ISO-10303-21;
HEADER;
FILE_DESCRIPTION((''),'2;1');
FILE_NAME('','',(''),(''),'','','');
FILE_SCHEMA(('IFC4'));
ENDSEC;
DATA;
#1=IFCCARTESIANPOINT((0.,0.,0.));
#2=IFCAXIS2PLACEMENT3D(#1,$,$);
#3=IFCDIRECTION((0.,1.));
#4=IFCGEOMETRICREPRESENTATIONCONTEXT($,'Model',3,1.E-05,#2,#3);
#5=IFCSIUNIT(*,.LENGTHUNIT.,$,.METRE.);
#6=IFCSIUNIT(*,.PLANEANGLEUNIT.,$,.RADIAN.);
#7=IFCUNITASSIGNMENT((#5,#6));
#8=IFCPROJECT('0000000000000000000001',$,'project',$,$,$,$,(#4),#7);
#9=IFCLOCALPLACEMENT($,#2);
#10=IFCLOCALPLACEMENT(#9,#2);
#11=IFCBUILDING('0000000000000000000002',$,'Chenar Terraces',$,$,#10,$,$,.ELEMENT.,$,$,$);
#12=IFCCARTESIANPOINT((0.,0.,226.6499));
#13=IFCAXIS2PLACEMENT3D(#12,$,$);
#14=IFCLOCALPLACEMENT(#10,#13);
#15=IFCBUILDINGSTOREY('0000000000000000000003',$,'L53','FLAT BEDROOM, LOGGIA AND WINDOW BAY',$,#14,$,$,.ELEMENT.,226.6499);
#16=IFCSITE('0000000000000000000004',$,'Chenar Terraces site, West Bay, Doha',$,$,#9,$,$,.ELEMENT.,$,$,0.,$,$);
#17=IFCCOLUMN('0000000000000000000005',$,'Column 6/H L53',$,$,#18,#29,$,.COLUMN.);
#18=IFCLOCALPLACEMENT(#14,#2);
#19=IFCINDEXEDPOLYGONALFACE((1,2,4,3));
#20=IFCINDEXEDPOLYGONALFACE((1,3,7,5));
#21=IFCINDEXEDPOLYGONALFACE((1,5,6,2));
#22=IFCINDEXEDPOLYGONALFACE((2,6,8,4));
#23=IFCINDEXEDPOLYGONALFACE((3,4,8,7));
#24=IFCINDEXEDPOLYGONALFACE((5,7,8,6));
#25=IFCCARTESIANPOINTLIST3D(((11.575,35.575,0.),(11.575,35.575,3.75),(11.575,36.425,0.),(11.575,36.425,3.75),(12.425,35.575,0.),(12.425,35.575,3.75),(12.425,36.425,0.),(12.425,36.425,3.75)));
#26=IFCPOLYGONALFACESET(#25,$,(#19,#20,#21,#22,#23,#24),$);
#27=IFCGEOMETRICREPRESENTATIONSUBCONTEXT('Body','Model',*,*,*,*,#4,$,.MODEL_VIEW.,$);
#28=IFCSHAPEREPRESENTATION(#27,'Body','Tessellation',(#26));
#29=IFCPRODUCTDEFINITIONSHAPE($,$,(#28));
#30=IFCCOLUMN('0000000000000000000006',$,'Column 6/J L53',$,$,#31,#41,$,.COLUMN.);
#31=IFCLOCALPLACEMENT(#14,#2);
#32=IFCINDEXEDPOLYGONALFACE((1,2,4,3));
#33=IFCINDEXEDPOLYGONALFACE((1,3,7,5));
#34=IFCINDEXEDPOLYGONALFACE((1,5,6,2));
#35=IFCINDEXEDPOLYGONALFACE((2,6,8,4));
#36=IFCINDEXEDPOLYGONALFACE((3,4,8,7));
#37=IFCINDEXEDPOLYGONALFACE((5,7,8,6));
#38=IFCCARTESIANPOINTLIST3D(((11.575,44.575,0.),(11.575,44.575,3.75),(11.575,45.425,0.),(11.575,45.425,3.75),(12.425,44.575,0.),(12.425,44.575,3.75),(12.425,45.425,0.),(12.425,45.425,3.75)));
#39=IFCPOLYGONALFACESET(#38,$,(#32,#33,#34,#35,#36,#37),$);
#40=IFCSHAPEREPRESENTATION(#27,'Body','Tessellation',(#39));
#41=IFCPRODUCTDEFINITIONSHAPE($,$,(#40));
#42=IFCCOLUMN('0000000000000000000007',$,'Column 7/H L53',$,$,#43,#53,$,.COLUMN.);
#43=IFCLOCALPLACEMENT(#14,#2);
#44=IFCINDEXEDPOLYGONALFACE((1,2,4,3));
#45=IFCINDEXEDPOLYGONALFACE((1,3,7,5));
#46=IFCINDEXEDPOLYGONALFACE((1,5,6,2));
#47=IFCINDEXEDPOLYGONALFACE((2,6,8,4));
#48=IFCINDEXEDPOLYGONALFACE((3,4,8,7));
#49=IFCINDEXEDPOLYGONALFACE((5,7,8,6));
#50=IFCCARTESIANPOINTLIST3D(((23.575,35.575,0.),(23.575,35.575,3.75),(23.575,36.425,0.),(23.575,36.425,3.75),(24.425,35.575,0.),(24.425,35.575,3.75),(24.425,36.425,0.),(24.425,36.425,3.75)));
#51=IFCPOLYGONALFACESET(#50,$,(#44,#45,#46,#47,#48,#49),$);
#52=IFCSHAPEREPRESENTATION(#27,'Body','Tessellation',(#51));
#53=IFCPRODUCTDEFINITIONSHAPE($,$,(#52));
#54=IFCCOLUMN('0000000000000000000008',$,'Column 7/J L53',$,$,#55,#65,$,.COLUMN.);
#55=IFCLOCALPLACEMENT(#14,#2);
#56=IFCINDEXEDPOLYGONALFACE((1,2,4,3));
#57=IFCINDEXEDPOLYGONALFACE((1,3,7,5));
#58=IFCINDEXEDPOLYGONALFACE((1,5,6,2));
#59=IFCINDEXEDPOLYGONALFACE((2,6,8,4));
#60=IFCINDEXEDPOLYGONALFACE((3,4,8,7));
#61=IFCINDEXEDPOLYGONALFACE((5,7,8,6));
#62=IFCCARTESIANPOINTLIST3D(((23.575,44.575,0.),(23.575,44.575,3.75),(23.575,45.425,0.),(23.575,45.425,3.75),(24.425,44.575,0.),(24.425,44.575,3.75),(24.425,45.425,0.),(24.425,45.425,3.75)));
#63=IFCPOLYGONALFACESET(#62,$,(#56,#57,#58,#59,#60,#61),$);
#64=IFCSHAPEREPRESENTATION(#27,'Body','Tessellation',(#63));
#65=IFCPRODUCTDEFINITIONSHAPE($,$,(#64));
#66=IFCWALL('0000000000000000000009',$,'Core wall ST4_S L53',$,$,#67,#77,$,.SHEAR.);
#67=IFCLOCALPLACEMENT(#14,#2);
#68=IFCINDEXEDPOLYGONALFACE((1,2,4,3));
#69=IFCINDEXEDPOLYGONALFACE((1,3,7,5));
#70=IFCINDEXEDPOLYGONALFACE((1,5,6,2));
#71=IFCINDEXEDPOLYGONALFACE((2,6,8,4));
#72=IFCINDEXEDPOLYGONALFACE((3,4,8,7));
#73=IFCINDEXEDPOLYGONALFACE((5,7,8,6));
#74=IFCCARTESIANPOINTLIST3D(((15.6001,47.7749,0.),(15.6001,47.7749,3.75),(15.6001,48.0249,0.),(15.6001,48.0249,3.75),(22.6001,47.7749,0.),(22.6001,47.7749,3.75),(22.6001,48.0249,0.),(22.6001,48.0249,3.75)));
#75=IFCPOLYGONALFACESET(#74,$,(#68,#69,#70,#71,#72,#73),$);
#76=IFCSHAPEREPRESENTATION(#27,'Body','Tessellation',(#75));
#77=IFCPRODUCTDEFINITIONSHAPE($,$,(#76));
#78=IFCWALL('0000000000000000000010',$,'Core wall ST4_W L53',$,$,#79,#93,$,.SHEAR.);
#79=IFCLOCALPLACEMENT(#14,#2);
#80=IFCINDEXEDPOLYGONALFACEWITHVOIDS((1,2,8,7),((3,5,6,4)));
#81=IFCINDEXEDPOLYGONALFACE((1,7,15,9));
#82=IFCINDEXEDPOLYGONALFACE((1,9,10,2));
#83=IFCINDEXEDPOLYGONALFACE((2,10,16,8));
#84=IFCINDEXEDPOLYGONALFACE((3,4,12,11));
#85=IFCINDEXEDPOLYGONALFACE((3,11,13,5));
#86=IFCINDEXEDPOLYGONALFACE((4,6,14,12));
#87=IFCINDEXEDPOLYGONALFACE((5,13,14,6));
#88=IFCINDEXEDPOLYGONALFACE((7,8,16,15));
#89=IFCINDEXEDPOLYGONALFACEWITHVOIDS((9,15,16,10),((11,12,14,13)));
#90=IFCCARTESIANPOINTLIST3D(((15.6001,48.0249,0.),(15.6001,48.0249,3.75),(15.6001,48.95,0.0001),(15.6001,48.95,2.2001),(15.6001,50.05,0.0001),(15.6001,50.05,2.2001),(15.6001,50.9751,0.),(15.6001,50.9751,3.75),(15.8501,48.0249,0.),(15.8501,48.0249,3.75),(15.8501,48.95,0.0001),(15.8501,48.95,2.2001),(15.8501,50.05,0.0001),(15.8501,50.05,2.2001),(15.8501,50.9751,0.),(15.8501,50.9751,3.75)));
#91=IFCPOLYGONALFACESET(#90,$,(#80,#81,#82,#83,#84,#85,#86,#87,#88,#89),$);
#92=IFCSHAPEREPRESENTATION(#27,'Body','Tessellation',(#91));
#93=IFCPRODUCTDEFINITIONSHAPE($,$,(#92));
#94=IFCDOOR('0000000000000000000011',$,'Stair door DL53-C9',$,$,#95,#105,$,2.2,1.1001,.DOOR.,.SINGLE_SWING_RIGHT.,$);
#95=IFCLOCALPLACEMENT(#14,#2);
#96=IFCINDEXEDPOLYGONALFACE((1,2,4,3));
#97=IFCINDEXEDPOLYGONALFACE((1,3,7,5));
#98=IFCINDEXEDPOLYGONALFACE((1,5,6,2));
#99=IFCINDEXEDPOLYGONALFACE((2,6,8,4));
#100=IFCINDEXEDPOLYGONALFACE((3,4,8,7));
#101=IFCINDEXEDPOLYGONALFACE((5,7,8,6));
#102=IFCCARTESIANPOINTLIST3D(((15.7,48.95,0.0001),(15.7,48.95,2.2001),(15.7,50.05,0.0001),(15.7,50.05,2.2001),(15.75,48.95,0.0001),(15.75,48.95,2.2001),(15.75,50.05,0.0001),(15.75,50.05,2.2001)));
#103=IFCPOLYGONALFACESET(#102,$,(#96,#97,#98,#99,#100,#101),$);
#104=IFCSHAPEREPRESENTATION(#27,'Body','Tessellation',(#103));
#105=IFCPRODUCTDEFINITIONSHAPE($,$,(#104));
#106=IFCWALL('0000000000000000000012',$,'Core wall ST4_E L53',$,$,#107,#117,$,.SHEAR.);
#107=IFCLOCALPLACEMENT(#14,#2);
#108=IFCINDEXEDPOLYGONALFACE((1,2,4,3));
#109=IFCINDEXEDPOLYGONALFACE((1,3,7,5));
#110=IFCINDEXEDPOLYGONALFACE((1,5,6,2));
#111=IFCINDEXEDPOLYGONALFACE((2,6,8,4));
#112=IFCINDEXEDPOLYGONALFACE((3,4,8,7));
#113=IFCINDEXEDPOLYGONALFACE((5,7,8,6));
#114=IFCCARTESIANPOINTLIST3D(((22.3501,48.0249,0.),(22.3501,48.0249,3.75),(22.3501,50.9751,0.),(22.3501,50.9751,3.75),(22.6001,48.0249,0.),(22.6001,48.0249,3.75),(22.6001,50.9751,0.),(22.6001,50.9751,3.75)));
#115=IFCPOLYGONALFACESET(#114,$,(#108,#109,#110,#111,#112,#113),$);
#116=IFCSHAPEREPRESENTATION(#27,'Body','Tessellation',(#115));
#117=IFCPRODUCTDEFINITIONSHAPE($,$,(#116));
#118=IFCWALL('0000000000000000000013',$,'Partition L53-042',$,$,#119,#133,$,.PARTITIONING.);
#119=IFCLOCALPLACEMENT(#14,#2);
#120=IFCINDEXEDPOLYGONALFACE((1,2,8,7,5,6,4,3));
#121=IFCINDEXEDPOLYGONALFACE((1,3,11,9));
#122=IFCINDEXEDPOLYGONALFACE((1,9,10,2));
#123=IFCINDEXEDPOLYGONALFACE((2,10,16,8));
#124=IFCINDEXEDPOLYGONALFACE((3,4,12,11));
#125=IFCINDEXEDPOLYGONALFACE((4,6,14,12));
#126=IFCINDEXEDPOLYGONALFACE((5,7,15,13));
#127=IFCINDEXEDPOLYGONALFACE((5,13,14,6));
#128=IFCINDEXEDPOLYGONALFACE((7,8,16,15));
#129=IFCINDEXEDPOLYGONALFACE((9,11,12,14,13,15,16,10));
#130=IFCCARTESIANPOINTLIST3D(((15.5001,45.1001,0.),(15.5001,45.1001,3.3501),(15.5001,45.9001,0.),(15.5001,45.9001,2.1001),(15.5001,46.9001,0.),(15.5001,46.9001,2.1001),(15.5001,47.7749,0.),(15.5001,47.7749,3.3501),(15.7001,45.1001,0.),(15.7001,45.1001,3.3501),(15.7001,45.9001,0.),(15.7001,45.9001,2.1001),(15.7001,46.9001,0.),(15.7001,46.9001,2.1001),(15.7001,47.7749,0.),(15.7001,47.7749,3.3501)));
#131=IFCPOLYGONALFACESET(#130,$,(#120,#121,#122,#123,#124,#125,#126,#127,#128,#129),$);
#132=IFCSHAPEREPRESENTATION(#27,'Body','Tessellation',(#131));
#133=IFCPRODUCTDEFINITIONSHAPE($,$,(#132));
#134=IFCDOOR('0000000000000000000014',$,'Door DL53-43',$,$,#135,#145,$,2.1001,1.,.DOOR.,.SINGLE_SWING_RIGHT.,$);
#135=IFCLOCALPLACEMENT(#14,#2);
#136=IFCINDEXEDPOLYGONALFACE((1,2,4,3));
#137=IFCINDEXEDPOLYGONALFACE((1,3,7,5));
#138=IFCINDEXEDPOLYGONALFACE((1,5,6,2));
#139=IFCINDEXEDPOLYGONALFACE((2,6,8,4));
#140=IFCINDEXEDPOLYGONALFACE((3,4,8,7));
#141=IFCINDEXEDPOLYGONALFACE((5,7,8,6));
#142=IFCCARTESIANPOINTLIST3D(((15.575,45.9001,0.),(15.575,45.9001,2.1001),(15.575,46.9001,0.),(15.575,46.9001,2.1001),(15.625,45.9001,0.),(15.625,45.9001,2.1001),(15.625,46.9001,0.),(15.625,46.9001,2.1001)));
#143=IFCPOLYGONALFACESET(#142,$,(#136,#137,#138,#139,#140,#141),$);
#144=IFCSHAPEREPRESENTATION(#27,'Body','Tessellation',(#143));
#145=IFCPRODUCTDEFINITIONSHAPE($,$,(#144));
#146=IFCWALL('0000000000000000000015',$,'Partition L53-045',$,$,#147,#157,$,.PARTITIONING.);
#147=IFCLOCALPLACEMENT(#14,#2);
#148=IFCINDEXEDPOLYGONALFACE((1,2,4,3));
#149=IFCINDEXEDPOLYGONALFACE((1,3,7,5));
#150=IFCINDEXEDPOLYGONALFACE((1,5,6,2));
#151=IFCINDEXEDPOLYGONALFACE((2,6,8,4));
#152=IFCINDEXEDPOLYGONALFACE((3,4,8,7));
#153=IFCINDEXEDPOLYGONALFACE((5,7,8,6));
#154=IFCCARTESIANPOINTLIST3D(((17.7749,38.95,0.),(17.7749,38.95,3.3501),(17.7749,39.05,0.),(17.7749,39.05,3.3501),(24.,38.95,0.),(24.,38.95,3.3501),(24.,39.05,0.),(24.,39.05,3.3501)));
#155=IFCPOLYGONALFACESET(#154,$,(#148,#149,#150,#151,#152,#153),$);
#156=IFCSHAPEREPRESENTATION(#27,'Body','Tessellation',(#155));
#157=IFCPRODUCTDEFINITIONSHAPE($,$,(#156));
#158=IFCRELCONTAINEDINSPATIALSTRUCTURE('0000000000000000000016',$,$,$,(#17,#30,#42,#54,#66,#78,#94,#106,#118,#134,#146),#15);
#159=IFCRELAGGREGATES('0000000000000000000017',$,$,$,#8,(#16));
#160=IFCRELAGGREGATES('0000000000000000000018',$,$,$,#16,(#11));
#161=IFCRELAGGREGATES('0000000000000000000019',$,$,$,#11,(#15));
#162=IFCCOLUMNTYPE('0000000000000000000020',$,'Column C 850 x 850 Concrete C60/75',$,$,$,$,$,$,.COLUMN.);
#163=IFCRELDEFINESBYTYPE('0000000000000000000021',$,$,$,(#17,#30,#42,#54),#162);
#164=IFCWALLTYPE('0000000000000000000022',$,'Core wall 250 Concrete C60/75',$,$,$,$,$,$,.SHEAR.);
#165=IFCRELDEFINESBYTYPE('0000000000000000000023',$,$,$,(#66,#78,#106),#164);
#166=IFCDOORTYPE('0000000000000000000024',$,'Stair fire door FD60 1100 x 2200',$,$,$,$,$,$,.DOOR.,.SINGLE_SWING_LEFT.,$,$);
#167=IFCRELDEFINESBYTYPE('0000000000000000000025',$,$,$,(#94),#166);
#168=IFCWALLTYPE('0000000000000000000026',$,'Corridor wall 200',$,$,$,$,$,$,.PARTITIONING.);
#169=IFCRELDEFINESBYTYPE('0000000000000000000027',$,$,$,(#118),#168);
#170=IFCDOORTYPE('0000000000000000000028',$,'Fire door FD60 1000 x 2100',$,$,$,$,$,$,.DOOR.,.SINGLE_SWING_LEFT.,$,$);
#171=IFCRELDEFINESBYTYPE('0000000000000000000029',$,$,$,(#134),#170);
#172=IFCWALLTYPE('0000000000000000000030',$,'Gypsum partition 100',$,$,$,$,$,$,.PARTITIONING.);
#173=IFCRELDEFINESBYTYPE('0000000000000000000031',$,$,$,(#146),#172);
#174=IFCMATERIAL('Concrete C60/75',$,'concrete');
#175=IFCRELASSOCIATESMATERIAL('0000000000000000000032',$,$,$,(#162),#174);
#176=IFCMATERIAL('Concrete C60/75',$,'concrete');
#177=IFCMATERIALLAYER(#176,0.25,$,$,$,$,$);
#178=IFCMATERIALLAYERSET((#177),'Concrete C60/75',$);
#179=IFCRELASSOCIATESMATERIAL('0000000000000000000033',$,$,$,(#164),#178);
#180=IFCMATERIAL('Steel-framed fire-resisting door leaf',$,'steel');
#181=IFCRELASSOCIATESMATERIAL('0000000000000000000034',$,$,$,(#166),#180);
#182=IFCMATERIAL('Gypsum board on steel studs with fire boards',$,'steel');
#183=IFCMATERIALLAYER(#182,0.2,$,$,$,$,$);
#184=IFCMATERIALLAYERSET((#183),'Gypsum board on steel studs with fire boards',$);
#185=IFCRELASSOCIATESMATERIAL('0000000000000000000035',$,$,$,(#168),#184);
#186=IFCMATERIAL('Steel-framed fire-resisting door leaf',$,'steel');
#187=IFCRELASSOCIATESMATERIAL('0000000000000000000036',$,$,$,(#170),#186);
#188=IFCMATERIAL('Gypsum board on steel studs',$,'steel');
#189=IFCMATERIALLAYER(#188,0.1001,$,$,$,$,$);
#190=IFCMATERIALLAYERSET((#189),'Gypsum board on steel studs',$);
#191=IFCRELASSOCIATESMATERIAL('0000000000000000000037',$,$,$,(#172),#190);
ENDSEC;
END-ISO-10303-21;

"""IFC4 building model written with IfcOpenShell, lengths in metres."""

from ifc_helpers import new_model, si_unit, direction, frame, frame_2d, origin, origin_2d, place, context, subcontext, project, spatial, rectangle, extrude, material, layer, layer_set, material_profile, profile_set, type_object, element, fill, save


model = new_model("IFC4")

# Units and contexts
model_context = context("Model", 3, precision=1e-05, world=origin(), true_north=direction((0.0, 1.0)))
body_context = subcontext(model_context, "Body", "Model", "MODEL_VIEW")
ifc_project = project(units=[si_unit("LENGTHUNIT", "METRE"), si_unit("PLANEANGLEUNIT", "RADIAN")], contexts=[model_context])

# Site, building, storey
site_placement = place(None, origin())
site = spatial("IfcSite", under=ifc_project, at=site_placement, Name="Chenar Terraces site, West Bay, Doha", CompositionType="ELEMENT", RefElevation=0.0)
building_placement = place(site_placement, origin())
building = spatial("IfcBuilding", under=site, at=building_placement, Name="Chenar Terraces", CompositionType="ELEMENT")
storey_placement = place(building_placement, frame((0.0, 0.0, 226.6499)))
storey = spatial("IfcBuildingStorey", under=building, at=storey_placement, Name="L53", Description="FLAT BEDROOM, LOGGIA AND WINDOW BAY", CompositionType="ELEMENT", Elevation=226.6499)

# Columns
ifc_material_1 = material(Name="Concrete C60/75", Category="concrete")
ifc_material_profile = material_profile(ifc_material_1, rectangle(XDim=0.8501, YDim=0.8501, at=origin_2d()), Name="C 850 x 850")
ifc_profile_set = profile_set([ifc_material_profile], Name="Concrete C60/75")
column_type = type_object("IfcColumnType", Name="Column C 850 x 850 Concrete C60/75", PredefinedType="COLUMN", material=ifc_profile_set)
for number, where, z_axis, x_axis, name in (
    (1, (12.0, 36.0, 0.0), (0.0, 0.0, 1.0), (1.0, 0.0, 0.0), "Column 6/H L53"),
    (2, (12.0, 45.0, 0.0), (0.0, 0.0, 1.0), (1.0, 0.0, 0.0), "Column 6/J L53"),
    (3, (24.0, 36.0, 0.0), (0.0, 0.0, 1.0), (1.0, 0.0, 0.0), "Column 7/H L53"),
    (4, (24.0, 45.0, 0.0), (0.0, 0.0, 1.0), (1.0, 0.0, 0.0), "Column 7/J L53"),
):
    element("IfcColumn", number, at=place(storey_placement, frame(where, z_axis=z_axis, x_axis=x_axis)), inside=storey, type_object=column_type, Name=name, PredefinedType="COLUMN", context=body_context, shape_type="SweptSolid", body=[
        extrude(rectangle(XDim=0.8501, YDim=0.8501, at=origin_2d()), origin(), (0.0, 0.0, 1.0), 3.75),
    ])

# Wall
ifc_material_2 = material(Name="Concrete C60/75", Category="concrete")
ifc_layer_1 = layer(ifc_material_2, 0.25)
ifc_layer_set_1 = layer_set([ifc_layer_1], Name="Concrete C60/75")
wall_type_1 = type_object("IfcWallType", Name="Core wall 250 Concrete C60/75", PredefinedType="SHEAR", material=ifc_layer_set_1)
wall_1_placement = place(storey_placement, frame((15.6001, 47.8999, 0.0), z_axis=(0.0, 0.0, 1.0), x_axis=(1.0, 0.0, 0.0)))
element("IfcWall", 5, at=wall_1_placement, inside=storey, type_object=wall_type_1, Name="Core wall ST4_S L53", PredefinedType="SHEAR", context=body_context, shape_type="SweptSolid", body=[
    extrude(rectangle(XDim=7.0, YDim=0.25, at=frame_2d((3.5, 0.0))), origin(), (0.0, 0.0, 1.0), 3.75),
])

# Wall, opening, door
wall_2_placement = place(storey_placement, frame((15.7251, 48.0249, 0.0), z_axis=(0.0, 0.0, 1.0), x_axis=(0.0, 1.0, 0.0)))
wall_2 = element("IfcWall", 6, at=wall_2_placement, inside=storey, type_object=wall_type_1, Name="Core wall ST4_W L53", PredefinedType="SHEAR", context=body_context, shape_type="SweptSolid", body=[
    extrude(rectangle(XDim=2.9502, YDim=0.25, at=frame_2d((1.4751, 0.0))), origin(), (0.0, 0.0, 1.0), 3.75),
])
opening_1_placement = place(wall_2_placement, frame((0.925, 0.0, 0.0)))
opening_1 = element("IfcOpeningElement", 7, at=opening_1_placement, cuts=wall_2, PredefinedType="OPENING", context=body_context, shape_type="SweptSolid", body=[
    extrude(rectangle(XDim=1.1001, YDim=2.2, at=frame_2d((0.55, 1.1001))), frame((0.0, 0.135, 0.0), z_axis=(0.0, -1.0, 0.0), x_axis=(1.0, 0.0, 0.0)), (0.0, 0.0, 1.0), 0.27),
])
ifc_material_3 = material(Name="Steel-framed fire-resisting door leaf", Category="steel")
door_type_1 = type_object("IfcDoorType", Name="Stair fire door FD60 1100 x 2200", OperationType="SINGLE_SWING_LEFT", PredefinedType="DOOR", material=ifc_material_3)
door_1_placement = place(opening_1_placement, frame((1.1001, 0.0, 0.0), z_axis=(0.0, 0.0, 1.0), x_axis=(-1.0, 0.0, 0.0)))
door_1 = element("IfcDoor", 8, at=door_1_placement, inside=storey, type_object=door_type_1, Name="Stair door DL53-C9", OperationType="SINGLE_SWING_RIGHT", OverallHeight=2.2, OverallWidth=1.1001, PredefinedType="DOOR", context=body_context, shape_type="SweptSolid", body=[
    extrude(rectangle(XDim=1.1001, YDim=2.2, at=frame_2d((0.55, 1.1001))), frame((0.0, 0.0249, 0.0), z_axis=(0.0, -1.0, 0.0), x_axis=(1.0, 0.0, 0.0)), (0.0, 0.0, 1.0), 0.05),
])
fill(opening_1, door_1)

# Wall
wall_3_placement = place(storey_placement, frame((22.4751, 48.0249, 0.0), z_axis=(0.0, 0.0, 1.0), x_axis=(0.0, 1.0, 0.0)))
element("IfcWall", 9, at=wall_3_placement, inside=storey, type_object=wall_type_1, Name="Core wall ST4_E L53", PredefinedType="SHEAR", context=body_context, shape_type="SweptSolid", body=[
    extrude(rectangle(XDim=2.9502, YDim=0.25, at=frame_2d((1.4751, 0.0))), origin(), (0.0, 0.0, 1.0), 3.75),
])

# Wall, opening, door
ifc_material_4 = material(Name="Gypsum board on steel studs with fire boards", Category="steel")
ifc_layer_2 = layer(ifc_material_4, 0.2)
ifc_layer_set_2 = layer_set([ifc_layer_2], Name="Gypsum board on steel studs with fire boards")
wall_type_2 = type_object("IfcWallType", Name="Corridor wall 200", PredefinedType="PARTITIONING", material=ifc_layer_set_2)
wall_4_placement = place(storey_placement, frame((15.6001, 45.1001, 0.0), z_axis=(0.0, 0.0, 1.0), x_axis=(0.0, 1.0, 0.0)))
wall_4 = element("IfcWall", 10, at=wall_4_placement, inside=storey, type_object=wall_type_2, Name="Partition L53-042", PredefinedType="PARTITIONING", context=body_context, shape_type="SweptSolid", body=[
    extrude(rectangle(XDim=2.6748, YDim=0.2, at=frame_2d((1.3374, 0.0))), origin(), (0.0, 0.0, 1.0), 3.3501),
])
opening_2_placement = place(wall_4_placement, frame((0.8, 0.0, 0.0)))
opening_2 = element("IfcOpeningElement", 11, at=opening_2_placement, cuts=wall_4, PredefinedType="OPENING", context=body_context, shape_type="SweptSolid", body=[
    extrude(rectangle(XDim=1.0, YDim=2.1001, at=frame_2d((0.5, 1.05))), frame((0.0, 0.1099, 0.0), z_axis=(0.0, -1.0, 0.0), x_axis=(1.0, 0.0, 0.0)), (0.0, 0.0, 1.0), 0.22),
])
ifc_material_5 = material(Name="Steel-framed fire-resisting door leaf", Category="steel")
door_type_2 = type_object("IfcDoorType", Name="Fire door FD60 1000 x 2100", OperationType="SINGLE_SWING_LEFT", PredefinedType="DOOR", material=ifc_material_5)
door_2_placement = place(opening_2_placement, frame((1.0, 0.0, 0.0), z_axis=(0.0, 0.0, 1.0), x_axis=(-1.0, 0.0, 0.0)))
door_2 = element("IfcDoor", 12, at=door_2_placement, inside=storey, type_object=door_type_2, Name="Door DL53-43", OperationType="SINGLE_SWING_RIGHT", OverallHeight=2.1001, OverallWidth=1.0, PredefinedType="DOOR", context=body_context, shape_type="SweptSolid", body=[
    extrude(rectangle(XDim=1.0, YDim=2.1001, at=frame_2d((0.5, 1.05))), frame((0.0, 0.0249, 0.0), z_axis=(0.0, -1.0, 0.0), x_axis=(1.0, 0.0, 0.0)), (0.0, 0.0, 1.0), 0.05),
])
fill(opening_2, door_2)

# Wall
ifc_material_6 = material(Name="Gypsum board on steel studs", Category="steel")
ifc_layer_3 = layer(ifc_material_6, 0.1001)
ifc_layer_set_3 = layer_set([ifc_layer_3], Name="Gypsum board on steel studs")
wall_type_3 = type_object("IfcWallType", Name="Gypsum partition 100", PredefinedType="PARTITIONING", material=ifc_layer_set_3)
wall_5_placement = place(storey_placement, frame((17.7749, 39.0, 0.0), z_axis=(0.0, 0.0, 1.0), x_axis=(1.0, 0.0, 0.0)))
element("IfcWall", 13, at=wall_5_placement, inside=storey, type_object=wall_type_3, Name="Partition L53-045", PredefinedType="PARTITIONING", context=body_context, shape_type="SweptSolid", body=[
    extrude(rectangle(XDim=6.2251, YDim=0.1001, at=frame_2d((3.1125, 0.0))), origin(), (0.0, 0.0, 1.0), 3.3501),
])

save(model, "model.ifc")
